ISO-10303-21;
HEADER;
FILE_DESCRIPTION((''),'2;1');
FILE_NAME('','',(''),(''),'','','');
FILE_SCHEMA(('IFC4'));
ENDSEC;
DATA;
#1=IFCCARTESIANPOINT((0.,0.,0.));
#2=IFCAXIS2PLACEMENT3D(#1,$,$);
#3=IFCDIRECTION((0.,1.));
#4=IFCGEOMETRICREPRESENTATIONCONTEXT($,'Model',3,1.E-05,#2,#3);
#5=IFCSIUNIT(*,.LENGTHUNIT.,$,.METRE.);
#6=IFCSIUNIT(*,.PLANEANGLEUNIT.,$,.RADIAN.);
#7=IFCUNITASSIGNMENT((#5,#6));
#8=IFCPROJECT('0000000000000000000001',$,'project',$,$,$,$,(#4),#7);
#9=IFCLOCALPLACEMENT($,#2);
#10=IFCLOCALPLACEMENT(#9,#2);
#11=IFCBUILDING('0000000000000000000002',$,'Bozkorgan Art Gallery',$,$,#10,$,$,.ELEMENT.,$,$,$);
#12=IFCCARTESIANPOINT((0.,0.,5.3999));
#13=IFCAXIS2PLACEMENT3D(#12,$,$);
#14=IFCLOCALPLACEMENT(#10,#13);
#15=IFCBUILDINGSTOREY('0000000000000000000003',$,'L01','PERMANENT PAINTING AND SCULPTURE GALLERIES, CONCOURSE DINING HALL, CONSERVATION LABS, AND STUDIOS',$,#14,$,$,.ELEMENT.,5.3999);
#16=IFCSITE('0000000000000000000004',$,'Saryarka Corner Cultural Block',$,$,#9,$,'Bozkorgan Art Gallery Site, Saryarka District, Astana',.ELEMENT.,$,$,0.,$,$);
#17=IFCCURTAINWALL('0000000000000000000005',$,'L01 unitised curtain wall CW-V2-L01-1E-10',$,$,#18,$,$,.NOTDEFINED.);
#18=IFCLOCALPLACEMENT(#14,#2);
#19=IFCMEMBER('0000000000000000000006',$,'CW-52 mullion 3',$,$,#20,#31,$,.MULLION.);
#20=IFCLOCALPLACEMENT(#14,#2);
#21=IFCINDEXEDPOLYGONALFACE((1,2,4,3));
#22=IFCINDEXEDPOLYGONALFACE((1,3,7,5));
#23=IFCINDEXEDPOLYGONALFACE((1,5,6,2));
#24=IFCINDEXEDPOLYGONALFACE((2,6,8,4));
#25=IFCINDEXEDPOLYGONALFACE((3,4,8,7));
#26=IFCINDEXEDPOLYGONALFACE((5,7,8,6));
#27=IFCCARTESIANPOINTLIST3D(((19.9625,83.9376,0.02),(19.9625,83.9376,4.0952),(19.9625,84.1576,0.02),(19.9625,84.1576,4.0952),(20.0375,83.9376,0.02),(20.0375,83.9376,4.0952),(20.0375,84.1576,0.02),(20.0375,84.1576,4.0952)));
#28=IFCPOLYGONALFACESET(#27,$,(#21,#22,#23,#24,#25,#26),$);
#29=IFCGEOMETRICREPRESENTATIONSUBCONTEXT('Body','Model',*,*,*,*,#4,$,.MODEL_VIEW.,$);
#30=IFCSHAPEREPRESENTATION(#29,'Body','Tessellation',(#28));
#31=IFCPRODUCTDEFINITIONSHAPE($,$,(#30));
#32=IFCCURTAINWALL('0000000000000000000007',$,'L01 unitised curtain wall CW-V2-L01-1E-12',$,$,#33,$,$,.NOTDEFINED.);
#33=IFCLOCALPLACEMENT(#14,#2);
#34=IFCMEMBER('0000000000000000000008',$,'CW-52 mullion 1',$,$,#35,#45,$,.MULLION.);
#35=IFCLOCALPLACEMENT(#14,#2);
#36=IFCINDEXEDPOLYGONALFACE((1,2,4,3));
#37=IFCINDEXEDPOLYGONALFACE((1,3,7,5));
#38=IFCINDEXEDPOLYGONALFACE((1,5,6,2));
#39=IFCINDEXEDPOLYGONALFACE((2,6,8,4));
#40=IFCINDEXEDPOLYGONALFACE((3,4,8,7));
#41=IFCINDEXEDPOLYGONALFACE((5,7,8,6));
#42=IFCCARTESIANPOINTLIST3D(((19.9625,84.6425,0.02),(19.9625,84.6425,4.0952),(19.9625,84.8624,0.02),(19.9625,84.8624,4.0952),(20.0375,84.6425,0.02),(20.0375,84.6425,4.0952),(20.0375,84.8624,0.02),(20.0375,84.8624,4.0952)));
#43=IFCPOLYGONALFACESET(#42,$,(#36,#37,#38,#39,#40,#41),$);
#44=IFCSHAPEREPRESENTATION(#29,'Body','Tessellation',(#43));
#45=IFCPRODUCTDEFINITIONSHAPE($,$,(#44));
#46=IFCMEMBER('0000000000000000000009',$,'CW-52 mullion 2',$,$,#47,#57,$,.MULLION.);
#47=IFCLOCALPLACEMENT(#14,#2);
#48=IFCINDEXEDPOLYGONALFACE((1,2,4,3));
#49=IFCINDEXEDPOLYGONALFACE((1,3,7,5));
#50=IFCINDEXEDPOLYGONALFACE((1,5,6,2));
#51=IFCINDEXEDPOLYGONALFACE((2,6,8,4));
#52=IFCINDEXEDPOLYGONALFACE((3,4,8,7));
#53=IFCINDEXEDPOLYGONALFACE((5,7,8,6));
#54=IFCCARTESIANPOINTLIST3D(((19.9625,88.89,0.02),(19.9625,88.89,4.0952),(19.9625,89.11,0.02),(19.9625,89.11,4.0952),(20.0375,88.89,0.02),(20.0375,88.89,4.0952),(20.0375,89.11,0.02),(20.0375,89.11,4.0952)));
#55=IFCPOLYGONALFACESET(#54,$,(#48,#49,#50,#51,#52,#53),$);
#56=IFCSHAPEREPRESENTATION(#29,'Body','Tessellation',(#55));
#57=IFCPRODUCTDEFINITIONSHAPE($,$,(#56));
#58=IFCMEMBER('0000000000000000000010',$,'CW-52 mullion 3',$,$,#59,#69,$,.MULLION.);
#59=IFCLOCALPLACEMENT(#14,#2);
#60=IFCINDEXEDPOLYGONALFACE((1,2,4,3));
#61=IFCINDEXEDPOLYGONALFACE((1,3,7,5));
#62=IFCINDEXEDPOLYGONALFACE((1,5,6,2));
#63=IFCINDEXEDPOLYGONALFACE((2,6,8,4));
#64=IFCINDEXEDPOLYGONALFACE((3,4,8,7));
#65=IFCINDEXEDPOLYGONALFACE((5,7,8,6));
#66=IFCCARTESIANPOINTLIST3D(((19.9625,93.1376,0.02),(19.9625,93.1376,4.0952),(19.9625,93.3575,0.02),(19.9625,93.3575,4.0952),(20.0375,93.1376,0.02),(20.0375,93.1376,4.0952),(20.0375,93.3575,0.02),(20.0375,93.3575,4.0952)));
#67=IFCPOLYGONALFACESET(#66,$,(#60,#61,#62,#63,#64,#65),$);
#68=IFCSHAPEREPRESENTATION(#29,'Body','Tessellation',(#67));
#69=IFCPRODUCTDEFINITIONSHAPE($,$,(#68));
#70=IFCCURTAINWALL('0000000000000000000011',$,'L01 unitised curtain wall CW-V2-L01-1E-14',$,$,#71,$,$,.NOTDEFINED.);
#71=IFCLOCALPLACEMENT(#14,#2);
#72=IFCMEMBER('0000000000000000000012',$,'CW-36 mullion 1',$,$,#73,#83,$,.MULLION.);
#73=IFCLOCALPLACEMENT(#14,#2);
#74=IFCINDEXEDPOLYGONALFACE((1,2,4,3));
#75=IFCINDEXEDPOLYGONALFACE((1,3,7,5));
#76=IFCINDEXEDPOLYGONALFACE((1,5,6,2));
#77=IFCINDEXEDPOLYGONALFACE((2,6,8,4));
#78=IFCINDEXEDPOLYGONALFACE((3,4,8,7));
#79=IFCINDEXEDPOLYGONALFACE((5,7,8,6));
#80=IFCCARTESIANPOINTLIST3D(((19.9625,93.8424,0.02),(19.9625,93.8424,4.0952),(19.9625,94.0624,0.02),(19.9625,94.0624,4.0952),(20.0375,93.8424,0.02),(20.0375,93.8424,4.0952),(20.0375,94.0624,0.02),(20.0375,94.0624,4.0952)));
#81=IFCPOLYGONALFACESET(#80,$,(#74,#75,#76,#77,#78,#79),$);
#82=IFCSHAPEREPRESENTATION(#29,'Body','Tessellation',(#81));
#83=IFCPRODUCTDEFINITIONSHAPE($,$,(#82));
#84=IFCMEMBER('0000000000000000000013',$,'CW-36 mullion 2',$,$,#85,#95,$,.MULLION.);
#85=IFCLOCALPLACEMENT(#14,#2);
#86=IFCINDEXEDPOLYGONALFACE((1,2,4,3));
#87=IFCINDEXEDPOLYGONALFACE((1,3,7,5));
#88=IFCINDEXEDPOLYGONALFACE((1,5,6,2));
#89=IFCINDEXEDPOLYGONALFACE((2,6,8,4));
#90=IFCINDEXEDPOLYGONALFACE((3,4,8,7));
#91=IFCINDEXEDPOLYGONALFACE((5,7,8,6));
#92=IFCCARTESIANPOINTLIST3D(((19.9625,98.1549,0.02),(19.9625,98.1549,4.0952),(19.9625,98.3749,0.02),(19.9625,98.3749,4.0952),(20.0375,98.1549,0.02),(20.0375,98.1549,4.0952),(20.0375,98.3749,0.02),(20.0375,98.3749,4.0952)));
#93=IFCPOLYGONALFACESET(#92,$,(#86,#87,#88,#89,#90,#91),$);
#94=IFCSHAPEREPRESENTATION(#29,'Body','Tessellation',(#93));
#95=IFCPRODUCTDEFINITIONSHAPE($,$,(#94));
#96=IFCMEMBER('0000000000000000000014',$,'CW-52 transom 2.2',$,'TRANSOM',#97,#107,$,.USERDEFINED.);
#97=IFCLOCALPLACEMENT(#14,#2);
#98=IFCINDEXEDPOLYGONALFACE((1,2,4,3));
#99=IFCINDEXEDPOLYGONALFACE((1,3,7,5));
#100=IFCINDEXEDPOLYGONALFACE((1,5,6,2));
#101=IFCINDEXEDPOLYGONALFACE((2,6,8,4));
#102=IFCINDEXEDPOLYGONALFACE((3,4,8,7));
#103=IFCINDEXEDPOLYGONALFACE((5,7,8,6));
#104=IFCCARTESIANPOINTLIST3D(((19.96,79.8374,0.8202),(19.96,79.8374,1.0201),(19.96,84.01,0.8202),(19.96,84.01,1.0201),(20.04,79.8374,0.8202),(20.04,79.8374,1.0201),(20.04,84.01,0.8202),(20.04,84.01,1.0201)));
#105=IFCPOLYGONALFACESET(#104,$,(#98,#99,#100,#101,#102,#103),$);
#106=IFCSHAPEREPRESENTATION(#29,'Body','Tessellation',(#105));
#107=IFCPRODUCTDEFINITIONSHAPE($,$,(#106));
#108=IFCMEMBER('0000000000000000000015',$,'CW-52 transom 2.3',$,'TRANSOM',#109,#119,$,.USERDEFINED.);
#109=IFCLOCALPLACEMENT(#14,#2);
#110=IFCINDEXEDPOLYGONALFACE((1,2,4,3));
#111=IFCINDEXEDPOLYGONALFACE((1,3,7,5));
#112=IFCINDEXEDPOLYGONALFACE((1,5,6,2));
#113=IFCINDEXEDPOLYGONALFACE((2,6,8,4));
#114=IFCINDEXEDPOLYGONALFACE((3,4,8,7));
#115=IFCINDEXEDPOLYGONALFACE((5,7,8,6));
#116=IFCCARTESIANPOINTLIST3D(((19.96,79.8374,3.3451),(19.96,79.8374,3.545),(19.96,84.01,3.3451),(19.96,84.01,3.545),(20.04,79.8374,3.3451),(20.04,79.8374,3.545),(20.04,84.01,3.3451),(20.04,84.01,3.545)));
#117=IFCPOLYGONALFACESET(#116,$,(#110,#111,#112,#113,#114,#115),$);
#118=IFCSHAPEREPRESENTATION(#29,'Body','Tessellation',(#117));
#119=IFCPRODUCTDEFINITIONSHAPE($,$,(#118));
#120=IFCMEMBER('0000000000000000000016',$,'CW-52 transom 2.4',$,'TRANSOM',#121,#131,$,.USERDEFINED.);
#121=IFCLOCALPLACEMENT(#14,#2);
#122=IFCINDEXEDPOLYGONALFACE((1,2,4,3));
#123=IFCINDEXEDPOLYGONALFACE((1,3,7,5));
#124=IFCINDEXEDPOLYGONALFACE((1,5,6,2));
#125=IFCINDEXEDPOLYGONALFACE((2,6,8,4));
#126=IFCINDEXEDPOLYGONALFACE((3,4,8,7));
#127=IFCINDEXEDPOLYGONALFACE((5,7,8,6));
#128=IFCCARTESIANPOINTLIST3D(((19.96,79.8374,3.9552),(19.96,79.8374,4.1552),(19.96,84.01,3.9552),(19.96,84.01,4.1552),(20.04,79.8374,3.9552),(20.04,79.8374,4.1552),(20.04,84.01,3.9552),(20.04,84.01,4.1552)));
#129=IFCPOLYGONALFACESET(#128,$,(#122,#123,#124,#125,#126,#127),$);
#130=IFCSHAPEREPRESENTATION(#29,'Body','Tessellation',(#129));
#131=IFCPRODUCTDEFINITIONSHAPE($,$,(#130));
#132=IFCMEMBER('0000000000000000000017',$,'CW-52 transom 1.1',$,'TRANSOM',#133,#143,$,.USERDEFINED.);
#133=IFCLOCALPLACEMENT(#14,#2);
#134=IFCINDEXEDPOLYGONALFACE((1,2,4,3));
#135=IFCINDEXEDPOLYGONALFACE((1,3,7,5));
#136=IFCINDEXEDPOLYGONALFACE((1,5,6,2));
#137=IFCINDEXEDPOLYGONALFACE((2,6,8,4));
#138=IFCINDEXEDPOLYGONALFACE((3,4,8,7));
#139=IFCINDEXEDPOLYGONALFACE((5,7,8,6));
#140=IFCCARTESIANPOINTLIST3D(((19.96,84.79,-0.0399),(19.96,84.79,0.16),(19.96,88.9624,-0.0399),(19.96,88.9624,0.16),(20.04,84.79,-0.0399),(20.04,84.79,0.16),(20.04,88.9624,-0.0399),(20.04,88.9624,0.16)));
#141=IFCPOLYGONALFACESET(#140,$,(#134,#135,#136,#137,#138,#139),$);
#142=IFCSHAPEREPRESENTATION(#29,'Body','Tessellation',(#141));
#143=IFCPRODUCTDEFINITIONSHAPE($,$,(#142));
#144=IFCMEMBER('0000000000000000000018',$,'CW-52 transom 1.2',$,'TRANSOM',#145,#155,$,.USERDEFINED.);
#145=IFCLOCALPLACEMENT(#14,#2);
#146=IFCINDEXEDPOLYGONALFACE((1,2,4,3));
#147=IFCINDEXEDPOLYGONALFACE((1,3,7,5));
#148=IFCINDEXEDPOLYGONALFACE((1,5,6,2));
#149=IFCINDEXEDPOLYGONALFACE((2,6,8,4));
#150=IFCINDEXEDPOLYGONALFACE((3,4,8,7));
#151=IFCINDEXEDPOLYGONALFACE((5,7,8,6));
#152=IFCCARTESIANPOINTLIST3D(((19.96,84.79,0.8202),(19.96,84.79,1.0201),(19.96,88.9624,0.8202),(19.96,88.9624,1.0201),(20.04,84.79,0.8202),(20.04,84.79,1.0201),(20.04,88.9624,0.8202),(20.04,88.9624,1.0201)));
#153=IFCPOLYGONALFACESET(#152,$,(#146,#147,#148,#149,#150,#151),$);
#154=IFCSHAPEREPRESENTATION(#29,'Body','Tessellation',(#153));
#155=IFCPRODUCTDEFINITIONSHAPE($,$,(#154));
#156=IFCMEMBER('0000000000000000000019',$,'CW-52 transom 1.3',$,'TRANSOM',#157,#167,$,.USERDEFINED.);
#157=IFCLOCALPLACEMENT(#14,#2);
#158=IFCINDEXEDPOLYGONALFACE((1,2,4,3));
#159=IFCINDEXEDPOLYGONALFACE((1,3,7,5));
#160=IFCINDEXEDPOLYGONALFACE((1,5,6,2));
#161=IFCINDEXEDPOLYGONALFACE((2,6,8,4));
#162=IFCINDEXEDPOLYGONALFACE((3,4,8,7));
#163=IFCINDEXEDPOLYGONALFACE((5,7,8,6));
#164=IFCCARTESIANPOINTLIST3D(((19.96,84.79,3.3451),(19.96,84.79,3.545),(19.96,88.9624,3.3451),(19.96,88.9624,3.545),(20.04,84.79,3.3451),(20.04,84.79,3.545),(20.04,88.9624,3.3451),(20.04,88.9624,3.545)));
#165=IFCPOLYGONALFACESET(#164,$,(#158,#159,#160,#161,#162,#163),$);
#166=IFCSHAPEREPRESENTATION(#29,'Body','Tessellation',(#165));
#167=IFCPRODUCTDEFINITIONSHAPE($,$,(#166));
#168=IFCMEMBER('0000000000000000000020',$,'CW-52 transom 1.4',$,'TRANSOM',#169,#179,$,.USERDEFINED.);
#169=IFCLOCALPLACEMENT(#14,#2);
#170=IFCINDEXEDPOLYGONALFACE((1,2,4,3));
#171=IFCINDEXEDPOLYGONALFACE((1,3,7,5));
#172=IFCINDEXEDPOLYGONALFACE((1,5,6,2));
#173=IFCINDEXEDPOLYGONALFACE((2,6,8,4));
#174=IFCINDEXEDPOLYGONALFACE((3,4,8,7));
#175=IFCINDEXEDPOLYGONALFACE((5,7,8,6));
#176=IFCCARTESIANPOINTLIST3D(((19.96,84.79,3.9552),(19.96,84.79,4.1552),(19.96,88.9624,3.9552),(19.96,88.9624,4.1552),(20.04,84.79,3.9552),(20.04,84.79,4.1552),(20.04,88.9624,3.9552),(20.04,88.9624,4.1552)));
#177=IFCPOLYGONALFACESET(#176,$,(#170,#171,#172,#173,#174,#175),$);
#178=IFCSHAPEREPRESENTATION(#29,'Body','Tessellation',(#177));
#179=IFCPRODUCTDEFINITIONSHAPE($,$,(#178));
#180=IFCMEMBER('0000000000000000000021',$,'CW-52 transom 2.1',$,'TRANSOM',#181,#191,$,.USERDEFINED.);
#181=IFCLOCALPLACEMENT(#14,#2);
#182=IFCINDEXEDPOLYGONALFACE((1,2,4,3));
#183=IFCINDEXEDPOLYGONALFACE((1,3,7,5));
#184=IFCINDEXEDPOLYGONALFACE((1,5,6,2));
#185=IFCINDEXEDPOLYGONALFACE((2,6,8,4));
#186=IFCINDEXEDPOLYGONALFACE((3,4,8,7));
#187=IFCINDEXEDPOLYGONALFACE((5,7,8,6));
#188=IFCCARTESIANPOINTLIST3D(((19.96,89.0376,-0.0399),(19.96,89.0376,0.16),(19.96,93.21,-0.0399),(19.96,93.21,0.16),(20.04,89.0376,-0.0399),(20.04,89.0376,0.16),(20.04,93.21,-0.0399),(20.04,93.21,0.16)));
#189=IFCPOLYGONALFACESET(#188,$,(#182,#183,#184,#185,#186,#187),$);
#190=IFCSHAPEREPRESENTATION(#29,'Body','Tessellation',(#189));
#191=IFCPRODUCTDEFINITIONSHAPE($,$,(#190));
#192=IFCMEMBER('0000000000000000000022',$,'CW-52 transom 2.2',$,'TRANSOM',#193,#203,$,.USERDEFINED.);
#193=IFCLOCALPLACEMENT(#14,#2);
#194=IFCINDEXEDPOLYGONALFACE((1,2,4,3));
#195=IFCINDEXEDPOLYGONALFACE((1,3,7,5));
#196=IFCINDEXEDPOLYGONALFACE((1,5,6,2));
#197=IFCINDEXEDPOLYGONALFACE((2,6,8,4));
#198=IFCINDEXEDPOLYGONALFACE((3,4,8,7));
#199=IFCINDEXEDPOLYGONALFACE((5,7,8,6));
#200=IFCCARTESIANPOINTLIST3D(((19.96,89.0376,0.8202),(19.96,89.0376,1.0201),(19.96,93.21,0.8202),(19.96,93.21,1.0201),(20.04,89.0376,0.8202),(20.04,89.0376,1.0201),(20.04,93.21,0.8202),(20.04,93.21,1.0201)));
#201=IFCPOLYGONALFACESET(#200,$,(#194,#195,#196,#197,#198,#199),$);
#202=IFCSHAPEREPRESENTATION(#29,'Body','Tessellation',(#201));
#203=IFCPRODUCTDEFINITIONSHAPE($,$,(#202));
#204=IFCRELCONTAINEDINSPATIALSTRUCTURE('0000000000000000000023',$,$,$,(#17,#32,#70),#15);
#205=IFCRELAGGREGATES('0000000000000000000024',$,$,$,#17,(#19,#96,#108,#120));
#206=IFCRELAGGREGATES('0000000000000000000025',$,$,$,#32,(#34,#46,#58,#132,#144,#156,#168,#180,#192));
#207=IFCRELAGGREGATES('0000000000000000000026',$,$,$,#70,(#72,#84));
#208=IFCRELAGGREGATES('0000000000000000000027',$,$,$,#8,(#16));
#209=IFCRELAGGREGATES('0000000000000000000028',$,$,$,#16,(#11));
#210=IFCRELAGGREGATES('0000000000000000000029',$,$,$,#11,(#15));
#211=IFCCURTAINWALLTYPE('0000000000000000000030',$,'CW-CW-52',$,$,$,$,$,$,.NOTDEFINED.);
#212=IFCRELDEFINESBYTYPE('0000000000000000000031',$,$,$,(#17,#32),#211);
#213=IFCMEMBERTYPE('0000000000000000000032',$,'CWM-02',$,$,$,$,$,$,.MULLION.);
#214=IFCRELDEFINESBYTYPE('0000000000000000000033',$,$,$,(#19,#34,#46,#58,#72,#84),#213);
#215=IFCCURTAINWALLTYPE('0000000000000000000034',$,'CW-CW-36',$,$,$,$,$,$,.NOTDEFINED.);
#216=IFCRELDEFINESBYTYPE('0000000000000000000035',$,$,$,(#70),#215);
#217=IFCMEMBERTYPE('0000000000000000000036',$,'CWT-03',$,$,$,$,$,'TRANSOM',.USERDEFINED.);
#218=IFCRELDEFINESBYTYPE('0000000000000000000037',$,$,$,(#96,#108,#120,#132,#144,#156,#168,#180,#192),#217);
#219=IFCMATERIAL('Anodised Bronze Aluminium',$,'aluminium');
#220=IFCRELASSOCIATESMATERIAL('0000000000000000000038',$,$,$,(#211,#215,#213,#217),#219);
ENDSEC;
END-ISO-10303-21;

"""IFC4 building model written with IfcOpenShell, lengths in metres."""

from ifc_helpers import new_model, si_unit, direction, frame, origin, origin_2d, place, context, subcontext, project, spatial, rectangle, extrude, material, material_profile, profile_set, type_object, element, aggregate, save


model = new_model("IFC4")

# Units and contexts
model_context = context("Model", 3, precision=1e-05, world=origin(), true_north=direction((0.0, 1.0)))
body_context = subcontext(model_context, "Body", "Model", "MODEL_VIEW")
ifc_project = project(units=[si_unit("LENGTHUNIT", "METRE"), si_unit("PLANEANGLEUNIT", "RADIAN")], contexts=[model_context])

# Site, building, storey
site_placement = place(None, origin())
site = spatial("IfcSite", under=ifc_project, at=site_placement, Name="Saryarka Corner Cultural Block", LongName="Bozkorgan Art Gallery Site, Saryarka District, Astana", CompositionType="ELEMENT", RefElevation=0.0)
building_placement = place(site_placement, origin())
building = spatial("IfcBuilding", under=site, at=building_placement, Name="Bozkorgan Art Gallery", CompositionType="ELEMENT")
storey_placement = place(building_placement, frame((0.0, 0.0, 5.3999)))
storey = spatial("IfcBuildingStorey", under=building, at=storey_placement, Name="L01", Description="PERMANENT PAINTING AND SCULPTURE GALLERIES, CONCOURSE DINING HALL, CONSERVATION LABS, AND STUDIOS", CompositionType="ELEMENT", Elevation=5.3999)

# Curtain wall, member
ifc_material_1 = material(Name="Anodised Bronze Aluminium", Category="aluminium")
curtain_wall_type_1 = type_object("IfcCurtainWallType", Name="CW-CW-52", PredefinedType="NOTDEFINED", material=ifc_material_1)
curtain_wall_1_placement = place(storey_placement, origin())
curtain_wall_1 = element("IfcCurtainWall", 1, at=curtain_wall_1_placement, inside=storey, type_object=curtain_wall_type_1, Name="L01 unitised curtain wall CW-V2-L01-1E-10", PredefinedType="NOTDEFINED")
ifc_material_profile_1 = material_profile(ifc_material_1, rectangle(XDim=0.075, YDim=0.22, at=origin_2d()), Name="ALU MULLION 75x220")
ifc_profile_set_1 = profile_set([ifc_material_profile_1], Name="Anodised Bronze Aluminium")
member_type_1 = type_object("IfcMemberType", Name="CWM-02", PredefinedType="MULLION", material=ifc_profile_set_1)
member_1_placement = place(storey_placement, frame((20.0, 84.0476, 0.02), z_axis=(0.0, 0.0, 1.0), x_axis=(-1.0, 0.0, 0.0)))
member_1 = element("IfcMember", 2, at=member_1_placement, type_object=member_type_1, Name="CW-52 mullion 3", PredefinedType="MULLION", context=body_context, shape_type="SweptSolid", body=[
    extrude(rectangle(XDim=0.075, YDim=0.22, at=origin_2d()), origin(), (0.0, 0.0, 1.0), 4.0752),
])

# Curtain walls, members
curtain_wall_2_placement = place(storey_placement, origin())
curtain_wall_2 = element("IfcCurtainWall", 3, at=curtain_wall_2_placement, inside=storey, type_object=curtain_wall_type_1, Name="L01 unitised curtain wall CW-V2-L01-1E-12", PredefinedType="NOTDEFINED")
member_2_placement = place(storey_placement, frame((20.0, 84.7524, 0.02), z_axis=(0.0, 0.0, 1.0), x_axis=(-1.0, 0.0, 0.0)))
member_2 = element("IfcMember", 4, at=member_2_placement, type_object=member_type_1, Name="CW-52 mullion 1", PredefinedType="MULLION", context=body_context, shape_type="SweptSolid", body=[
    extrude(rectangle(XDim=0.075, YDim=0.22, at=origin_2d()), origin(), (0.0, 0.0, 1.0), 4.0752),
])
member_3_placement = place(storey_placement, frame((20.0, 89.0, 0.02), z_axis=(0.0, 0.0, 1.0), x_axis=(-1.0, 0.0, 0.0)))
member_3 = element("IfcMember", 5, at=member_3_placement, type_object=member_type_1, Name="CW-52 mullion 2", PredefinedType="MULLION", context=body_context, shape_type="SweptSolid", body=[
    extrude(rectangle(XDim=0.075, YDim=0.22, at=origin_2d()), origin(), (0.0, 0.0, 1.0), 4.0752),
])
member_4_placement = place(storey_placement, frame((20.0, 93.2476, 0.02), z_axis=(0.0, 0.0, 1.0), x_axis=(-1.0, 0.0, 0.0)))
member_4 = element("IfcMember", 6, at=member_4_placement, type_object=member_type_1, Name="CW-52 mullion 3", PredefinedType="MULLION", context=body_context, shape_type="SweptSolid", body=[
    extrude(rectangle(XDim=0.075, YDim=0.22, at=origin_2d()), origin(), (0.0, 0.0, 1.0), 4.0752),
])
curtain_wall_type_2 = type_object("IfcCurtainWallType", Name="CW-CW-36", PredefinedType="NOTDEFINED", material=ifc_material_1)
curtain_wall_3_placement = place(storey_placement, origin())
curtain_wall_3 = element("IfcCurtainWall", 7, at=curtain_wall_3_placement, inside=storey, type_object=curtain_wall_type_2, Name="L01 unitised curtain wall CW-V2-L01-1E-14", PredefinedType="NOTDEFINED")
member_5_placement = place(storey_placement, frame((20.0, 93.9524, 0.02), z_axis=(0.0, 0.0, 1.0), x_axis=(-1.0, 0.0, 0.0)))
member_5 = element("IfcMember", 8, at=member_5_placement, type_object=member_type_1, Name="CW-36 mullion 1", PredefinedType="MULLION", context=body_context, shape_type="SweptSolid", body=[
    extrude(rectangle(XDim=0.075, YDim=0.22, at=origin_2d()), origin(), (0.0, 0.0, 1.0), 4.0752),
])
member_6_placement = place(storey_placement, frame((20.0, 98.2649, 0.02), z_axis=(0.0, 0.0, 1.0), x_axis=(-1.0, 0.0, 0.0)))
member_6 = element("IfcMember", 9, at=member_6_placement, type_object=member_type_1, Name="CW-36 mullion 2", PredefinedType="MULLION", context=body_context, shape_type="SweptSolid", body=[
    extrude(rectangle(XDim=0.075, YDim=0.22, at=origin_2d()), origin(), (0.0, 0.0, 1.0), 4.0752),
])

# Members
ifc_material_profile_2 = material_profile(ifc_material_1, rectangle(XDim=0.0801, YDim=0.2, at=origin_2d()), Name="ALU TRANSOM 80x200")
ifc_profile_set_2 = profile_set([ifc_material_profile_2], Name="Anodised Bronze Aluminium")
member_type_2 = type_object("IfcMemberType", Name="CWT-03", ElementType="TRANSOM", PredefinedType="USERDEFINED", material=ifc_profile_set_2)
member_7_placement = place(storey_placement, frame((20.0, 79.8374, 0.9202), z_axis=(0.0, 1.0, 0.0), x_axis=(-1.0, 0.0, 0.0)))
member_7 = element("IfcMember", 10, at=member_7_placement, type_object=member_type_2, Name="CW-52 transom 2.2", ObjectType="TRANSOM", PredefinedType="USERDEFINED", context=body_context, shape_type="SweptSolid", body=[
    extrude(rectangle(XDim=0.0801, YDim=0.2, at=origin_2d()), origin(), (0.0, 0.0, 1.0), 4.1726),
])
member_8_placement = place(storey_placement, frame((20.0, 79.8374, 3.4451), z_axis=(0.0, 1.0, 0.0), x_axis=(-1.0, 0.0, 0.0)))
member_8 = element("IfcMember", 11, at=member_8_placement, type_object=member_type_2, Name="CW-52 transom 2.3", ObjectType="TRANSOM", PredefinedType="USERDEFINED", context=body_context, shape_type="SweptSolid", body=[
    extrude(rectangle(XDim=0.0801, YDim=0.2, at=origin_2d()), origin(), (0.0, 0.0, 1.0), 4.1726),
])
member_9_placement = place(storey_placement, frame((20.0, 79.8374, 4.0552), z_axis=(0.0, 1.0, 0.0), x_axis=(-1.0, 0.0, 0.0)))
member_9 = element("IfcMember", 12, at=member_9_placement, type_object=member_type_2, Name="CW-52 transom 2.4", ObjectType="TRANSOM", PredefinedType="USERDEFINED", context=body_context, shape_type="SweptSolid", body=[
    extrude(rectangle(XDim=0.0801, YDim=0.2, at=origin_2d()), origin(), (0.0, 0.0, 1.0), 4.1726),
])
member_10_placement = place(storey_placement, frame((20.0, 84.79, 0.0601), z_axis=(0.0, 1.0, 0.0), x_axis=(-1.0, 0.0, 0.0)))
member_10 = element("IfcMember", 13, at=member_10_placement, type_object=member_type_2, Name="CW-52 transom 1.1", ObjectType="TRANSOM", PredefinedType="USERDEFINED", context=body_context, shape_type="SweptSolid", body=[
    extrude(rectangle(XDim=0.0801, YDim=0.2, at=origin_2d()), origin(), (0.0, 0.0, 1.0), 4.1724),
])
member_11_placement = place(storey_placement, frame((20.0, 84.79, 0.9202), z_axis=(0.0, 1.0, 0.0), x_axis=(-1.0, 0.0, 0.0)))
member_11 = element("IfcMember", 14, at=member_11_placement, type_object=member_type_2, Name="CW-52 transom 1.2", ObjectType="TRANSOM", PredefinedType="USERDEFINED", context=body_context, shape_type="SweptSolid", body=[
    extrude(rectangle(XDim=0.0801, YDim=0.2, at=origin_2d()), origin(), (0.0, 0.0, 1.0), 4.1724),
])
member_12_placement = place(storey_placement, frame((20.0, 84.79, 3.4451), z_axis=(0.0, 1.0, 0.0), x_axis=(-1.0, 0.0, 0.0)))
member_12 = element("IfcMember", 15, at=member_12_placement, type_object=member_type_2, Name="CW-52 transom 1.3", ObjectType="TRANSOM", PredefinedType="USERDEFINED", context=body_context, shape_type="SweptSolid", body=[
    extrude(rectangle(XDim=0.0801, YDim=0.2, at=origin_2d()), origin(), (0.0, 0.0, 1.0), 4.1724),
])
member_13_placement = place(storey_placement, frame((20.0, 84.79, 4.0552), z_axis=(0.0, 1.0, 0.0), x_axis=(-1.0, 0.0, 0.0)))
member_13 = element("IfcMember", 16, at=member_13_placement, type_object=member_type_2, Name="CW-52 transom 1.4", ObjectType="TRANSOM", PredefinedType="USERDEFINED", context=body_context, shape_type="SweptSolid", body=[
    extrude(rectangle(XDim=0.0801, YDim=0.2, at=origin_2d()), origin(), (0.0, 0.0, 1.0), 4.1724),
])
member_14_placement = place(storey_placement, frame((20.0, 89.0376, 0.0601), z_axis=(0.0, 1.0, 0.0), x_axis=(-1.0, 0.0, 0.0)))
member_14 = element("IfcMember", 17, at=member_14_placement, type_object=member_type_2, Name="CW-52 transom 2.1", ObjectType="TRANSOM", PredefinedType="USERDEFINED", context=body_context, shape_type="SweptSolid", body=[
    extrude(rectangle(XDim=0.0801, YDim=0.2, at=origin_2d()), origin(), (0.0, 0.0, 1.0), 4.1724),
])
member_15_placement = place(storey_placement, frame((20.0, 89.0376, 0.9202), z_axis=(0.0, 1.0, 0.0), x_axis=(-1.0, 0.0, 0.0)))
member_15 = element("IfcMember", 18, at=member_15_placement, type_object=member_type_2, Name="CW-52 transom 2.2", ObjectType="TRANSOM", PredefinedType="USERDEFINED", context=body_context, shape_type="SweptSolid", body=[
    extrude(rectangle(XDim=0.0801, YDim=0.2, at=origin_2d()), origin(), (0.0, 0.0, 1.0), 4.1724),
])

aggregate(curtain_wall_1, [member_1, member_7, member_8, member_9])
aggregate(curtain_wall_2, [member_2, member_3, member_4, member_10, member_11, member_12, member_13, member_14, member_15])
aggregate(curtain_wall_3, [member_5, member_6])

save(model, "model.ifc")
